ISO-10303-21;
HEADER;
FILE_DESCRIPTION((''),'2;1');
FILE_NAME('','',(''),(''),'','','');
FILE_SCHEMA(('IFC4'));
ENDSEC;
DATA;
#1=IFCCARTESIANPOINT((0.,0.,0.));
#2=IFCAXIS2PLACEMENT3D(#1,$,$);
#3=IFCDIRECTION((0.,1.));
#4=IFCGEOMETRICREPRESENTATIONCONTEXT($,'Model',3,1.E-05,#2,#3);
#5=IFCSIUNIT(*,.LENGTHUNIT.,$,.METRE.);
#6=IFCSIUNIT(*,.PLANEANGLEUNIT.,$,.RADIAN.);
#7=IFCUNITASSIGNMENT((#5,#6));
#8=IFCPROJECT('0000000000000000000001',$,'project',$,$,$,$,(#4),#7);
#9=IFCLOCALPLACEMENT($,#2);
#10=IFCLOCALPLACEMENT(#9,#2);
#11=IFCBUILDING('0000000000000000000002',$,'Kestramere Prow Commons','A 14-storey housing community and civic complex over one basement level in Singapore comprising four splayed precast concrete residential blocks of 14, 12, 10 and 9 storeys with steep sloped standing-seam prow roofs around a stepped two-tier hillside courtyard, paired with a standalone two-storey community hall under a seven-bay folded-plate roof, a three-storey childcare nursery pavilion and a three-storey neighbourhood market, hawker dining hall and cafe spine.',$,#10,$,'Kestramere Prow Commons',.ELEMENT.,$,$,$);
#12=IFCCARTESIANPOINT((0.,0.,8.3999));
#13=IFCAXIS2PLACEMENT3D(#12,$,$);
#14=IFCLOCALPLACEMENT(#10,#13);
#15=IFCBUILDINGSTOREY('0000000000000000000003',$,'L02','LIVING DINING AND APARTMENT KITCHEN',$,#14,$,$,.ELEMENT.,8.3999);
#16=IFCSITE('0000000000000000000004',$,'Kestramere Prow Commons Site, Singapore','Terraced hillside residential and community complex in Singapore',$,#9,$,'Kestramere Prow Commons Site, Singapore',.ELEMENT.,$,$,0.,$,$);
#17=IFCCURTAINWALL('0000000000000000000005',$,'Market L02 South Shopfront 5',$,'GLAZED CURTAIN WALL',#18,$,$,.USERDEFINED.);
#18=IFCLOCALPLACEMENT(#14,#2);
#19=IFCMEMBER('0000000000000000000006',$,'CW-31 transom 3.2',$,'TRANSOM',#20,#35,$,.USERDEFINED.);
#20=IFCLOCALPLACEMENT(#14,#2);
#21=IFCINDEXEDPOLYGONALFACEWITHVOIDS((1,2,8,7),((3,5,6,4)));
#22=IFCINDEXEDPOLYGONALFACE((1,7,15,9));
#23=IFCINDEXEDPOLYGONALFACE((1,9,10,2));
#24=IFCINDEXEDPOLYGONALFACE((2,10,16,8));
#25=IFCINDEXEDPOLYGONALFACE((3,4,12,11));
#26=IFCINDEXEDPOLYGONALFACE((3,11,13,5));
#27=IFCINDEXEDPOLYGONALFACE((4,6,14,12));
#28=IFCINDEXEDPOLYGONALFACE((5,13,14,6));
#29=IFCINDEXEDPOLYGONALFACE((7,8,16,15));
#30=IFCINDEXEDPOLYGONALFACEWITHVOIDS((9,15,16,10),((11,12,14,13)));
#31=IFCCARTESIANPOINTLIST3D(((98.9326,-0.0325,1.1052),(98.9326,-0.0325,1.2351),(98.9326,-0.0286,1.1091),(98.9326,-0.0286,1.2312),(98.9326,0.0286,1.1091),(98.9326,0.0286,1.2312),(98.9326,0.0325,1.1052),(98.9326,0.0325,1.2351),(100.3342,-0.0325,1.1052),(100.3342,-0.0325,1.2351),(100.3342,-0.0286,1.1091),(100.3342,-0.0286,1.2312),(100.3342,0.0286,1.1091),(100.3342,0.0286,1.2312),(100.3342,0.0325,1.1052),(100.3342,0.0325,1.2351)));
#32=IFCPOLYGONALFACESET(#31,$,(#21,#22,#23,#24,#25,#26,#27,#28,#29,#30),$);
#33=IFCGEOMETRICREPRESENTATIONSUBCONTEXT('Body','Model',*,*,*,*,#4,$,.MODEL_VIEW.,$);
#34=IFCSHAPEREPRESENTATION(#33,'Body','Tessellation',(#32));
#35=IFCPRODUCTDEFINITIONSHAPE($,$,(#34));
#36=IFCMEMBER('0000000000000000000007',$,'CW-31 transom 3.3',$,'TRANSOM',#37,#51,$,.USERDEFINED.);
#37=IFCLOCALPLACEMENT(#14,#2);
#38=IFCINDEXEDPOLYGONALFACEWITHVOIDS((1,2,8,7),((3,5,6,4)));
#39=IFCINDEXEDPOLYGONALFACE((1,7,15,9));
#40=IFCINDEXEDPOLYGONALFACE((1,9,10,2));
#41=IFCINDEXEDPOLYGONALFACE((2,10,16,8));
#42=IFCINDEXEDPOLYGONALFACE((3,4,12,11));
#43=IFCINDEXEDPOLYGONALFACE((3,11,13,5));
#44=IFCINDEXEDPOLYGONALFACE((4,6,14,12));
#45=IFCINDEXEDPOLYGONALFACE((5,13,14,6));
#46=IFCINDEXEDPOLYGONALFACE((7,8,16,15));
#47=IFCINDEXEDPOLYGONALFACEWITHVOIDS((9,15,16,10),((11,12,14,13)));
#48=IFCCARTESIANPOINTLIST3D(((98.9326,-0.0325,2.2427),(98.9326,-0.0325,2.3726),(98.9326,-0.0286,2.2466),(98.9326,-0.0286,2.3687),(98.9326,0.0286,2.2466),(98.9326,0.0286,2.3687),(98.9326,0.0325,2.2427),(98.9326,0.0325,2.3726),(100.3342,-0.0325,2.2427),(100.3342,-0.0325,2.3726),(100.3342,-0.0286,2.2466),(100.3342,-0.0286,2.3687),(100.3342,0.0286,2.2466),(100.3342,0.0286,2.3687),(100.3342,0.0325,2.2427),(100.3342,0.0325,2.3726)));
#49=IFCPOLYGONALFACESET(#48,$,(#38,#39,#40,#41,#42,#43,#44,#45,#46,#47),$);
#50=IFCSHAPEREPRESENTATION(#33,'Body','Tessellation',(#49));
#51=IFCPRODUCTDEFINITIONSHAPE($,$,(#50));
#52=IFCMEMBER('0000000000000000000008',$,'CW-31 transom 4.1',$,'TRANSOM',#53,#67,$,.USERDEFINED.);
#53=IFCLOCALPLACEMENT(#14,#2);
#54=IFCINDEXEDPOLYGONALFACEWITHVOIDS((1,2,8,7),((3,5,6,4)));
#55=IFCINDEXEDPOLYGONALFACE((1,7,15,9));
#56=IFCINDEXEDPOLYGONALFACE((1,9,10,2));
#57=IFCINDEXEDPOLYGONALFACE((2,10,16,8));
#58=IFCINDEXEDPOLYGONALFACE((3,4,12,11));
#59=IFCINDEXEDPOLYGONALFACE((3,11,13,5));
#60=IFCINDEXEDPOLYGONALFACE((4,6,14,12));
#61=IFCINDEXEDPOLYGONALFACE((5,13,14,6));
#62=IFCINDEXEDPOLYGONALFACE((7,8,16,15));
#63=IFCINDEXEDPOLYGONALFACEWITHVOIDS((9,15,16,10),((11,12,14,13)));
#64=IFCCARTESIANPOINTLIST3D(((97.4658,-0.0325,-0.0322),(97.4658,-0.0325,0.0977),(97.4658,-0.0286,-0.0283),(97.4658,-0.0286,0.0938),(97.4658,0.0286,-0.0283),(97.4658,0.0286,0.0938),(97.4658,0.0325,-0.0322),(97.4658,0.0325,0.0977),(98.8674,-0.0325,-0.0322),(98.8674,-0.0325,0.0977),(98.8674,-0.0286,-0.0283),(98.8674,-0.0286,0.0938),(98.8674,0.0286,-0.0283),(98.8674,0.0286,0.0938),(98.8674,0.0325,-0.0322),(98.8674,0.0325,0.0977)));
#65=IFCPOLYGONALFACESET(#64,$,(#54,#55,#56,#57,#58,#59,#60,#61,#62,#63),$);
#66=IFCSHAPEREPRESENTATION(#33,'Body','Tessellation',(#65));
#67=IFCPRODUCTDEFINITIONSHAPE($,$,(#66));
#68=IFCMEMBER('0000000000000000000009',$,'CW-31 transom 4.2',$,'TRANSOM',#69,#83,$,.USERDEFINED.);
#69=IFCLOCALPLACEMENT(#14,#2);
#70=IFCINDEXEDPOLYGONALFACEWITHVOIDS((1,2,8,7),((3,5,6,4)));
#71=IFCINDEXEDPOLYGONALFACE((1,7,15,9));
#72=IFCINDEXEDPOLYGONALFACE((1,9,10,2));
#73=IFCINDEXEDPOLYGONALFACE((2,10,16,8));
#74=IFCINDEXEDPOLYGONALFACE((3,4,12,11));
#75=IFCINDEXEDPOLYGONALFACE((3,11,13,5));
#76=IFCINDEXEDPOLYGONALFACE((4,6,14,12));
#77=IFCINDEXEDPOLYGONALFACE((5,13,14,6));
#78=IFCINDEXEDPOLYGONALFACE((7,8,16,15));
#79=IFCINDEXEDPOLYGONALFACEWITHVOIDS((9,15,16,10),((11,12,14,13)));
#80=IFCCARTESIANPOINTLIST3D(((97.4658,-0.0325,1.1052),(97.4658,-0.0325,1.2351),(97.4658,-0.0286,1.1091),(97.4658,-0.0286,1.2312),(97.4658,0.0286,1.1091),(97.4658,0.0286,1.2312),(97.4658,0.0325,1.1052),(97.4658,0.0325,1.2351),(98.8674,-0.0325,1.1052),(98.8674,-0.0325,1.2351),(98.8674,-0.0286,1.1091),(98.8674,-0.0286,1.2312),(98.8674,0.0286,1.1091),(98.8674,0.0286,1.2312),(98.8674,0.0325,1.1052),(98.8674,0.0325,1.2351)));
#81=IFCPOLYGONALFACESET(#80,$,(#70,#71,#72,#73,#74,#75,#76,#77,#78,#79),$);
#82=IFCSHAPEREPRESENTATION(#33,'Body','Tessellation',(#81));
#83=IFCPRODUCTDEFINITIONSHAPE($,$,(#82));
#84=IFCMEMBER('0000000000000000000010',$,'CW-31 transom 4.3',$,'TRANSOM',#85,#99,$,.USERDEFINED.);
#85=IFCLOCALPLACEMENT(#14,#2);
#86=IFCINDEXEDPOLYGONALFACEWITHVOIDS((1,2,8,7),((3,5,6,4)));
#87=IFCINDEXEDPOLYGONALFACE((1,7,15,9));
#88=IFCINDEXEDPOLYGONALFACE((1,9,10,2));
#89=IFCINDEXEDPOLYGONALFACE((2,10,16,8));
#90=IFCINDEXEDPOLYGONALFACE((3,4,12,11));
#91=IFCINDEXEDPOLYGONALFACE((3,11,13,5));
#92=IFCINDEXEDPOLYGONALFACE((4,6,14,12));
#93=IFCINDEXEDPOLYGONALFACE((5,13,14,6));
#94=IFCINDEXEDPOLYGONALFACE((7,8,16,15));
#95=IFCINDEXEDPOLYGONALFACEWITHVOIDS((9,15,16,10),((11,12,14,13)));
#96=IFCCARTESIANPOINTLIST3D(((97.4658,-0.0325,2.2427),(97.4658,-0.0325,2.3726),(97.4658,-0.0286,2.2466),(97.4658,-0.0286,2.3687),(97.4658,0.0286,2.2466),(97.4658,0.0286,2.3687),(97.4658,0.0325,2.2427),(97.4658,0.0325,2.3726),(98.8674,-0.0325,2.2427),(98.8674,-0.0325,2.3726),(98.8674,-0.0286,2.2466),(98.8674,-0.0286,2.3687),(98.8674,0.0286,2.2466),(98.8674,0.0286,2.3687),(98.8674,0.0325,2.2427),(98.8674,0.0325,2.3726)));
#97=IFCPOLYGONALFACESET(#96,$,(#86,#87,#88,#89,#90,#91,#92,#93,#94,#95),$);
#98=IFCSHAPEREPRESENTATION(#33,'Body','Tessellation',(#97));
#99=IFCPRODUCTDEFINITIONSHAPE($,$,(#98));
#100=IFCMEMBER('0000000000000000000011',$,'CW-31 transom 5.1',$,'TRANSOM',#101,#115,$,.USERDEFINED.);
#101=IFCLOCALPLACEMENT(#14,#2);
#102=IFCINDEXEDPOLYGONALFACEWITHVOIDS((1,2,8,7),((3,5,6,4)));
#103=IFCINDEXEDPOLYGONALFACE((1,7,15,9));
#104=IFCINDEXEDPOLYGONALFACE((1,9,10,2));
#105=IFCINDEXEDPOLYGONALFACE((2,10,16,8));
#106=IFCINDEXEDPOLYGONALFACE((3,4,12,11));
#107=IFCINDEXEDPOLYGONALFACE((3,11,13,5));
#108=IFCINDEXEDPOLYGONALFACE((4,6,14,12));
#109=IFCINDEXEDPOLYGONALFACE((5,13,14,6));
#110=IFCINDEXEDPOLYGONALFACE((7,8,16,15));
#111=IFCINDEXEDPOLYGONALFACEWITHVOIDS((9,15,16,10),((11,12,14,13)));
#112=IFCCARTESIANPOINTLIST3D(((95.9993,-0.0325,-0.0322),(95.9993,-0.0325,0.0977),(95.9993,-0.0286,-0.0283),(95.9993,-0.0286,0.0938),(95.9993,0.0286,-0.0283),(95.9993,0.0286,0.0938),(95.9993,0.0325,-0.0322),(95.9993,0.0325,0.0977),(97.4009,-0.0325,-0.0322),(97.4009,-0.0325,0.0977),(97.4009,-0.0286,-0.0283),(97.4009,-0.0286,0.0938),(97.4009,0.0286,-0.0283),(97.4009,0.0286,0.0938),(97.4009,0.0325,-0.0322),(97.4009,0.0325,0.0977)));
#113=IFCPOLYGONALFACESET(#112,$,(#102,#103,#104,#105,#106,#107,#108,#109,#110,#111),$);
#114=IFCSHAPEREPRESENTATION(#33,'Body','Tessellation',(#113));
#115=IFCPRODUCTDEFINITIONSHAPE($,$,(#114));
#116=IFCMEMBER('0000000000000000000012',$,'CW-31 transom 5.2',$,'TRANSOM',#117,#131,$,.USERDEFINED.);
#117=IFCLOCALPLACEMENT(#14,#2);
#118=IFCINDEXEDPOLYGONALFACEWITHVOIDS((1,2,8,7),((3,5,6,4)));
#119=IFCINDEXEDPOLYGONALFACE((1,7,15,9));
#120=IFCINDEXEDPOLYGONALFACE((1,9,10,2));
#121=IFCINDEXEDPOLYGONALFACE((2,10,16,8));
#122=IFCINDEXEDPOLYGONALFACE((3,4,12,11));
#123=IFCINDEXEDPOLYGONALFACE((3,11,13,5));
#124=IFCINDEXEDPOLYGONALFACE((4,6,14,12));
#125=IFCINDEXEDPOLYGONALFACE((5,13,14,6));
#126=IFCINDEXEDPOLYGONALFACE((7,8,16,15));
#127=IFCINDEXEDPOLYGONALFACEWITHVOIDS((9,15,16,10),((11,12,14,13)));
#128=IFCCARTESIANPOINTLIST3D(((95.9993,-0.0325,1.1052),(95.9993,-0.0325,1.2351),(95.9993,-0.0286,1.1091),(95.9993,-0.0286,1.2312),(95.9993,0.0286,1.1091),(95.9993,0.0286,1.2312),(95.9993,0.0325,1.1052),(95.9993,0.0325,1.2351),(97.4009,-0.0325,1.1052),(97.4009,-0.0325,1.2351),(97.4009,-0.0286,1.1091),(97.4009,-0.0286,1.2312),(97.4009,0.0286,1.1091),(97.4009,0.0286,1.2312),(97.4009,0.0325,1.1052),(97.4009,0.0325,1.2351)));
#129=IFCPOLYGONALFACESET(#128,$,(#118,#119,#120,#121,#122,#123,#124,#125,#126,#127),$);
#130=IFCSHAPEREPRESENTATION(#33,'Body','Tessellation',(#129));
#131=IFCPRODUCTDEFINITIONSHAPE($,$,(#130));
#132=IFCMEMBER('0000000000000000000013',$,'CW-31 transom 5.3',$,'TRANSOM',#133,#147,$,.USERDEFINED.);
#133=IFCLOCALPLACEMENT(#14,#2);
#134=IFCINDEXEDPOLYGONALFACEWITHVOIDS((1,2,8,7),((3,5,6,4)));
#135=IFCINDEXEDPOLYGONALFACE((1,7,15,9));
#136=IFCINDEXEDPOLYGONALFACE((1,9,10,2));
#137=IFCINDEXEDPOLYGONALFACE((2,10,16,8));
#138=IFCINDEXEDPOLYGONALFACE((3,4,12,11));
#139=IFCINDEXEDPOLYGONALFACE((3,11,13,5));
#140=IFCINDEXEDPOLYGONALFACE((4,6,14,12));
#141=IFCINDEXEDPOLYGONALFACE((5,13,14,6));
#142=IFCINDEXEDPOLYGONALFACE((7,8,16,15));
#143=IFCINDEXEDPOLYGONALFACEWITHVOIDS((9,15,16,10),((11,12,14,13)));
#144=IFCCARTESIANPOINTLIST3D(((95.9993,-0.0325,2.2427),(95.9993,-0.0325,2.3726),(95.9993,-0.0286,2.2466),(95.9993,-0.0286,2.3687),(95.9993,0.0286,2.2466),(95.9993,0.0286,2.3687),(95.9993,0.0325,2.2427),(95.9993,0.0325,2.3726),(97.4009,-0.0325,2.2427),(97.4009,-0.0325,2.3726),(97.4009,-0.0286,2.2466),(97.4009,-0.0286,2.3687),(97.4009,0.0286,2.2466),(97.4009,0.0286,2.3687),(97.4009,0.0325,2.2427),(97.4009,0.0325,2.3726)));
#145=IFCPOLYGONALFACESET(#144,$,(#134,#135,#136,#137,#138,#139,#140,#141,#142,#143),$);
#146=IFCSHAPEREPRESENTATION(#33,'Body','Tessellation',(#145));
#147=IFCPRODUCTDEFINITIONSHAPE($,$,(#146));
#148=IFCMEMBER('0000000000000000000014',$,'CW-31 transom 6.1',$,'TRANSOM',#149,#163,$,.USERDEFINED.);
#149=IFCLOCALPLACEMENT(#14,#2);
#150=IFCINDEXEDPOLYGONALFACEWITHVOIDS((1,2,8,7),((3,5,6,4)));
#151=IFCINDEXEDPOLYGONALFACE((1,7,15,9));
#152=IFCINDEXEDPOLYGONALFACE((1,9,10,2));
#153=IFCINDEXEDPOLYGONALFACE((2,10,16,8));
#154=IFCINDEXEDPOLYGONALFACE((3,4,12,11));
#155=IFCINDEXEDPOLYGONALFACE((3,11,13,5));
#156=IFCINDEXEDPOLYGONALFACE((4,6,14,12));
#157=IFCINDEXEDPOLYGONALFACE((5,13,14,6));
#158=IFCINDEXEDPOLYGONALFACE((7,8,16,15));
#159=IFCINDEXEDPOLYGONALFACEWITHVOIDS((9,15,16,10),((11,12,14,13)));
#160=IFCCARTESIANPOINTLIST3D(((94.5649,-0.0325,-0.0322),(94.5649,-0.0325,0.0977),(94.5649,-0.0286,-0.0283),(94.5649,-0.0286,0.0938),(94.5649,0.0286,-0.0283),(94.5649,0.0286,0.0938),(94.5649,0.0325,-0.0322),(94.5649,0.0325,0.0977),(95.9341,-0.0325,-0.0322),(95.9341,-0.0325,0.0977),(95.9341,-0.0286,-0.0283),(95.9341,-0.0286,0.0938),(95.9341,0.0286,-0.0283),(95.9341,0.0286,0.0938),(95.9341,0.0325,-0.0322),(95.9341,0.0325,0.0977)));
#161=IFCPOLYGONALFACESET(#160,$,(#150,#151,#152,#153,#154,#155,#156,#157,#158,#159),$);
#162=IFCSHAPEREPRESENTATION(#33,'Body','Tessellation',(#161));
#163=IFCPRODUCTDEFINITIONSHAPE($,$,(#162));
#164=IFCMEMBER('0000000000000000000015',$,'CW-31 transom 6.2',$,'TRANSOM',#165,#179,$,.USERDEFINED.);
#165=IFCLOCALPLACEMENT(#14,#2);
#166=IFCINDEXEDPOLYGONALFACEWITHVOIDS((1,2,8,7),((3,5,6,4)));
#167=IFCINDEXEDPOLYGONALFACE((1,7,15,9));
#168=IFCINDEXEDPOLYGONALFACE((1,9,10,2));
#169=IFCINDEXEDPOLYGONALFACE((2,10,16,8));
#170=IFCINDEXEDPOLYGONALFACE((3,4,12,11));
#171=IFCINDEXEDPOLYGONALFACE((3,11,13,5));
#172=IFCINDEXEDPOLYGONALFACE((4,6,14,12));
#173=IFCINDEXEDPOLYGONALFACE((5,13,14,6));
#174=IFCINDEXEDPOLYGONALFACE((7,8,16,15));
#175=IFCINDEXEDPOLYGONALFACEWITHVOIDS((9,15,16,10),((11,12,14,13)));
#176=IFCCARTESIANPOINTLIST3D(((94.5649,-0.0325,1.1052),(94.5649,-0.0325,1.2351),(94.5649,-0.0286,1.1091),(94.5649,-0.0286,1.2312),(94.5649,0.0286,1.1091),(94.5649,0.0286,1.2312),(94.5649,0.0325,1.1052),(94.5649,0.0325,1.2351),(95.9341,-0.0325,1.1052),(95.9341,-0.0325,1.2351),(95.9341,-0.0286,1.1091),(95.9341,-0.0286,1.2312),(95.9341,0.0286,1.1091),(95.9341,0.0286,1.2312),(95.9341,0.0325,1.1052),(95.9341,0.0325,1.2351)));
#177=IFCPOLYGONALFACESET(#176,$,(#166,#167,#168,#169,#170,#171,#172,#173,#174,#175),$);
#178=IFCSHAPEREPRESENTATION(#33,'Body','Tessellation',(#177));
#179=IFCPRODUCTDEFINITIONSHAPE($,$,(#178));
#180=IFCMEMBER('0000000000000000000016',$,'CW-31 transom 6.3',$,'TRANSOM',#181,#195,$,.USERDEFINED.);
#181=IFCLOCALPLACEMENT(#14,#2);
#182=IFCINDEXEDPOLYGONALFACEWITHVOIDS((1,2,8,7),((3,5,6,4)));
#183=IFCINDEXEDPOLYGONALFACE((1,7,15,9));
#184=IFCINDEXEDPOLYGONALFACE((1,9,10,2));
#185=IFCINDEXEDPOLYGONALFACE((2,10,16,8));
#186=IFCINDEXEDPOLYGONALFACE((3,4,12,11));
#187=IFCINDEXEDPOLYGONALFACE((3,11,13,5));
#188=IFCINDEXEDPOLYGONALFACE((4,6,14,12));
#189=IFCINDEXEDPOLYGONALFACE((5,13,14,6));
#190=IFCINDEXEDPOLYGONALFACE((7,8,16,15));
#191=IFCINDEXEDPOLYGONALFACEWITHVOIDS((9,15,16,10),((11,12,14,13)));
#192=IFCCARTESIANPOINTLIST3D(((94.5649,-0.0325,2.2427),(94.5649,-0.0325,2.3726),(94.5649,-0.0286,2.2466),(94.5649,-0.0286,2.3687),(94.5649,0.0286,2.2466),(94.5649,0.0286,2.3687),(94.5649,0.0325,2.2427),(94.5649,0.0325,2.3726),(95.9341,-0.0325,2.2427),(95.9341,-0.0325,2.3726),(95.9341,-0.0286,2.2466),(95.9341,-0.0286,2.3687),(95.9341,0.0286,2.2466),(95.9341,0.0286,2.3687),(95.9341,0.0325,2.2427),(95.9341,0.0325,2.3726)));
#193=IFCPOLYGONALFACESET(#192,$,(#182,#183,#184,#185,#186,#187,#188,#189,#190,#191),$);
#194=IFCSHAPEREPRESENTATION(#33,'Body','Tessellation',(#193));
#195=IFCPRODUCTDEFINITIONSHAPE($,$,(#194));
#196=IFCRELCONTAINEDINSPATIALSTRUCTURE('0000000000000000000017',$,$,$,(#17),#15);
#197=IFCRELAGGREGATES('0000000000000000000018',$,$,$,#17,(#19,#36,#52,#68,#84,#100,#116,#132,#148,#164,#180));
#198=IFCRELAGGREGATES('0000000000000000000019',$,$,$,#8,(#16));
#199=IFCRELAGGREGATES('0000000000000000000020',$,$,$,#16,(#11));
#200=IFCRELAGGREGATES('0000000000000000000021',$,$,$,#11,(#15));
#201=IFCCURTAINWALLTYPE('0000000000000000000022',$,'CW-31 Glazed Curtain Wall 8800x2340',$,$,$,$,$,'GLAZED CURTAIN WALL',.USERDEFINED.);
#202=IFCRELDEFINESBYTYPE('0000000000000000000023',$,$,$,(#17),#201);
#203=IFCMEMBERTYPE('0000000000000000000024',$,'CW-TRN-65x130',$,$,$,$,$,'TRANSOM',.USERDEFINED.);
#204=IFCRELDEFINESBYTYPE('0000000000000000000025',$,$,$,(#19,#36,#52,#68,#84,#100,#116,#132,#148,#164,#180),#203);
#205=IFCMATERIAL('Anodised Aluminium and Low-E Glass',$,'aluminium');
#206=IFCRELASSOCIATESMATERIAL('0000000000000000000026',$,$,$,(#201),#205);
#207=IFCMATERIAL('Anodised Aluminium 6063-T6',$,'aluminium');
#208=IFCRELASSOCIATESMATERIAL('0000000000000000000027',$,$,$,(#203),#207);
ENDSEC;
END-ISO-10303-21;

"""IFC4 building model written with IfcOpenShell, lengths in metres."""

from ifc_helpers import new_model, si_unit, direction, frame, origin, origin_2d, place, context, subcontext, project, spatial, hollow_rectangle, extrude, material, material_profile, profile_set, type_object, element, aggregate, save


model = new_model("IFC4")

# Units and contexts
model_context = context("Model", 3, precision=1e-05, world=origin(), true_north=direction((0.0, 1.0)))
body_context = subcontext(model_context, "Body", "Model", "MODEL_VIEW")
ifc_project = project(units=[si_unit("LENGTHUNIT", "METRE"), si_unit("PLANEANGLEUNIT", "RADIAN")], contexts=[model_context])

# Site, building, storey
site_placement = place(None, origin())
site = spatial("IfcSite", under=ifc_project, at=site_placement, Name="Kestramere Prow Commons Site, Singapore", Description="Terraced hillside residential and community complex in Singapore", LongName="Kestramere Prow Commons Site, Singapore", CompositionType="ELEMENT", RefElevation=0.0)
building_placement = place(site_placement, origin())
building = spatial("IfcBuilding", under=site, at=building_placement, Name="Kestramere Prow Commons", Description="A 14-storey housing community and civic complex over one basement level in Singapore comprising four splayed precast concrete residential blocks of 14, 12, 10 and 9 storeys with steep sloped standing-seam prow roofs around a stepped two-tier hillside courtyard, paired with a standalone two-storey community hall under a seven-bay folded-plate roof, a three-storey childcare nursery pavilion and a three-storey neighbourhood market, hawker dining hall and cafe spine.", LongName="Kestramere Prow Commons", CompositionType="ELEMENT")
storey_placement = place(building_placement, frame((0.0, 0.0, 8.3999)))
storey = spatial("IfcBuildingStorey", under=building, at=storey_placement, Name="L02", Description="LIVING DINING AND APARTMENT KITCHEN", CompositionType="ELEMENT", Elevation=8.3999)

# Curtain wall, members
ifc_material_1 = material(Name="Anodised Aluminium and Low-E Glass", Category="aluminium")
curtain_wall_type = type_object("IfcCurtainWallType", Name="CW-31 Glazed Curtain Wall 8800x2340", ElementType="GLAZED CURTAIN WALL", PredefinedType="USERDEFINED", material=ifc_material_1)
curtain_wall_placement = place(storey_placement, origin())
curtain_wall = element("IfcCurtainWall", 1, at=curtain_wall_placement, inside=storey, type_object=curtain_wall_type, Name="Market L02 South Shopfront 5", ObjectType="GLAZED CURTAIN WALL", PredefinedType="USERDEFINED")
ifc_material_2 = material(Name="Anodised Aluminium 6063-T6", Category="aluminium")
ifc_material_profile_1 = material_profile(ifc_material_2, hollow_rectangle(XDim=0.0649, YDim=0.1299, WallThickness=0.0039, at=origin_2d()), Name="ALU-TRN 65x130")
ifc_profile_set_1 = profile_set([ifc_material_profile_1], Name="Anodised Aluminium 6063-T6")
member_type_1 = type_object("IfcMemberType", Name="CW-TRN-65x130", ElementType="TRANSOM", PredefinedType="USERDEFINED", material=ifc_profile_set_1)
member_1_placement = place(storey_placement, frame((100.3342, 0.0, 1.1702), z_axis=(-1.0, 0.0, 0.0), x_axis=(0.0, -1.0, 0.0)))
member_1 = element("IfcMember", 2, at=member_1_placement, type_object=member_type_1, Name="CW-31 transom 3.2", ObjectType="TRANSOM", PredefinedType="USERDEFINED", context=body_context, shape_type="SweptSolid", body=[
    extrude(hollow_rectangle(XDim=0.0649, YDim=0.1299, WallThickness=0.0039, at=origin_2d()), origin(), (0.0, 0.0, 1.0), 1.4016),
])
member_2_placement = place(storey_placement, frame((100.3342, 0.0, 2.3076), z_axis=(-1.0, 0.0, 0.0), x_axis=(0.0, -1.0, 0.0)))
member_2 = element("IfcMember", 3, at=member_2_placement, type_object=member_type_1, Name="CW-31 transom 3.3", ObjectType="TRANSOM", PredefinedType="USERDEFINED", context=body_context, shape_type="SweptSolid", body=[
    extrude(hollow_rectangle(XDim=0.0649, YDim=0.1299, WallThickness=0.0039, at=origin_2d()), origin(), (0.0, 0.0, 1.0), 1.4016),
])
member_3_placement = place(storey_placement, frame((98.8674, 0.0, 0.0327), z_axis=(-1.0, 0.0, 0.0), x_axis=(0.0, -1.0, 0.0)))
member_3 = element("IfcMember", 4, at=member_3_placement, type_object=member_type_1, Name="CW-31 transom 4.1", ObjectType="TRANSOM", PredefinedType="USERDEFINED", context=body_context, shape_type="SweptSolid", body=[
    extrude(hollow_rectangle(XDim=0.0649, YDim=0.1299, WallThickness=0.0039, at=origin_2d()), origin(), (0.0, 0.0, 1.0), 1.4016),
])
member_4_placement = place(storey_placement, frame((98.8674, 0.0, 1.1702), z_axis=(-1.0, 0.0, 0.0), x_axis=(0.0, -1.0, 0.0)))
member_4 = element("IfcMember", 5, at=member_4_placement, type_object=member_type_1, Name="CW-31 transom 4.2", ObjectType="TRANSOM", PredefinedType="USERDEFINED", context=body_context, shape_type="SweptSolid", body=[
    extrude(hollow_rectangle(XDim=0.0649, YDim=0.1299, WallThickness=0.0039, at=origin_2d()), origin(), (0.0, 0.0, 1.0), 1.4016),
])
member_5_placement = place(storey_placement, frame((98.8674, 0.0, 2.3076), z_axis=(-1.0, 0.0, 0.0), x_axis=(0.0, -1.0, 0.0)))
member_5 = element("IfcMember", 6, at=member_5_placement, type_object=member_type_1, Name="CW-31 transom 4.3", ObjectType="TRANSOM", PredefinedType="USERDEFINED", context=body_context, shape_type="SweptSolid", body=[
    extrude(hollow_rectangle(XDim=0.0649, YDim=0.1299, WallThickness=0.0039, at=origin_2d()), origin(), (0.0, 0.0, 1.0), 1.4016),
])
member_6_placement = place(storey_placement, frame((97.4009, 0.0, 0.0327), z_axis=(-1.0, 0.0, 0.0), x_axis=(0.0, -1.0, 0.0)))
member_6 = element("IfcMember", 7, at=member_6_placement, type_object=member_type_1, Name="CW-31 transom 5.1", ObjectType="TRANSOM", PredefinedType="USERDEFINED", context=body_context, shape_type="SweptSolid", body=[
    extrude(hollow_rectangle(XDim=0.0649, YDim=0.1299, WallThickness=0.0039, at=origin_2d()), origin(), (0.0, 0.0, 1.0), 1.4016),
])
member_7_placement = place(storey_placement, frame((97.4009, 0.0, 1.1702), z_axis=(-1.0, 0.0, 0.0), x_axis=(0.0, -1.0, 0.0)))
member_7 = element("IfcMember", 8, at=member_7_placement, type_object=member_type_1, Name="CW-31 transom 5.2", ObjectType="TRANSOM", PredefinedType="USERDEFINED", context=body_context, shape_type="SweptSolid", body=[
    extrude(hollow_rectangle(XDim=0.0649, YDim=0.1299, WallThickness=0.0039, at=origin_2d()), origin(), (0.0, 0.0, 1.0), 1.4016),
])
member_8_placement = place(storey_placement, frame((97.4009, 0.0, 2.3076), z_axis=(-1.0, 0.0, 0.0), x_axis=(0.0, -1.0, 0.0)))
member_8 = element("IfcMember", 9, at=member_8_placement, type_object=member_type_1, Name="CW-31 transom 5.3", ObjectType="TRANSOM", PredefinedType="USERDEFINED", context=body_context, shape_type="SweptSolid", body=[
    extrude(hollow_rectangle(XDim=0.0649, YDim=0.1299, WallThickness=0.0039, at=origin_2d()), origin(), (0.0, 0.0, 1.0), 1.4016),
])
member_9_placement = place(storey_placement, frame((95.9341, 0.0, 0.0327), z_axis=(-1.0, 0.0, 0.0), x_axis=(0.0, -1.0, 0.0)))
member_9 = element("IfcMember", 10, at=member_9_placement, type_object=member_type_1, Name="CW-31 transom 6.1", ObjectType="TRANSOM", PredefinedType="USERDEFINED", context=body_context, shape_type="SweptSolid", body=[
    extrude(hollow_rectangle(XDim=0.0649, YDim=0.1299, WallThickness=0.0039, at=origin_2d()), origin(), (0.0, 0.0, 1.0), 1.3691),
])
member_10_placement = place(storey_placement, frame((95.9341, 0.0, 1.1702), z_axis=(-1.0, 0.0, 0.0), x_axis=(0.0, -1.0, 0.0)))
member_10 = element("IfcMember", 11, at=member_10_placement, type_object=member_type_1, Name="CW-31 transom 6.2", ObjectType="TRANSOM", PredefinedType="USERDEFINED", context=body_context, shape_type="SweptSolid", body=[
    extrude(hollow_rectangle(XDim=0.0649, YDim=0.1299, WallThickness=0.0039, at=origin_2d()), origin(), (0.0, 0.0, 1.0), 1.3691),
])
member_11_placement = place(storey_placement, frame((95.9341, 0.0, 2.3076), z_axis=(-1.0, 0.0, 0.0), x_axis=(0.0, -1.0, 0.0)))
member_11 = element("IfcMember", 12, at=member_11_placement, type_object=member_type_1, Name="CW-31 transom 6.3", ObjectType="TRANSOM", PredefinedType="USERDEFINED", context=body_context, shape_type="SweptSolid", body=[
    extrude(hollow_rectangle(XDim=0.0649, YDim=0.1299, WallThickness=0.0039, at=origin_2d()), origin(), (0.0, 0.0, 1.0), 1.3691),
])

aggregate(curtain_wall, [member_1, member_2, member_3, member_4, member_5, member_6, member_7, member_8, member_9, member_10, member_11])

save(model, "model.ifc")
